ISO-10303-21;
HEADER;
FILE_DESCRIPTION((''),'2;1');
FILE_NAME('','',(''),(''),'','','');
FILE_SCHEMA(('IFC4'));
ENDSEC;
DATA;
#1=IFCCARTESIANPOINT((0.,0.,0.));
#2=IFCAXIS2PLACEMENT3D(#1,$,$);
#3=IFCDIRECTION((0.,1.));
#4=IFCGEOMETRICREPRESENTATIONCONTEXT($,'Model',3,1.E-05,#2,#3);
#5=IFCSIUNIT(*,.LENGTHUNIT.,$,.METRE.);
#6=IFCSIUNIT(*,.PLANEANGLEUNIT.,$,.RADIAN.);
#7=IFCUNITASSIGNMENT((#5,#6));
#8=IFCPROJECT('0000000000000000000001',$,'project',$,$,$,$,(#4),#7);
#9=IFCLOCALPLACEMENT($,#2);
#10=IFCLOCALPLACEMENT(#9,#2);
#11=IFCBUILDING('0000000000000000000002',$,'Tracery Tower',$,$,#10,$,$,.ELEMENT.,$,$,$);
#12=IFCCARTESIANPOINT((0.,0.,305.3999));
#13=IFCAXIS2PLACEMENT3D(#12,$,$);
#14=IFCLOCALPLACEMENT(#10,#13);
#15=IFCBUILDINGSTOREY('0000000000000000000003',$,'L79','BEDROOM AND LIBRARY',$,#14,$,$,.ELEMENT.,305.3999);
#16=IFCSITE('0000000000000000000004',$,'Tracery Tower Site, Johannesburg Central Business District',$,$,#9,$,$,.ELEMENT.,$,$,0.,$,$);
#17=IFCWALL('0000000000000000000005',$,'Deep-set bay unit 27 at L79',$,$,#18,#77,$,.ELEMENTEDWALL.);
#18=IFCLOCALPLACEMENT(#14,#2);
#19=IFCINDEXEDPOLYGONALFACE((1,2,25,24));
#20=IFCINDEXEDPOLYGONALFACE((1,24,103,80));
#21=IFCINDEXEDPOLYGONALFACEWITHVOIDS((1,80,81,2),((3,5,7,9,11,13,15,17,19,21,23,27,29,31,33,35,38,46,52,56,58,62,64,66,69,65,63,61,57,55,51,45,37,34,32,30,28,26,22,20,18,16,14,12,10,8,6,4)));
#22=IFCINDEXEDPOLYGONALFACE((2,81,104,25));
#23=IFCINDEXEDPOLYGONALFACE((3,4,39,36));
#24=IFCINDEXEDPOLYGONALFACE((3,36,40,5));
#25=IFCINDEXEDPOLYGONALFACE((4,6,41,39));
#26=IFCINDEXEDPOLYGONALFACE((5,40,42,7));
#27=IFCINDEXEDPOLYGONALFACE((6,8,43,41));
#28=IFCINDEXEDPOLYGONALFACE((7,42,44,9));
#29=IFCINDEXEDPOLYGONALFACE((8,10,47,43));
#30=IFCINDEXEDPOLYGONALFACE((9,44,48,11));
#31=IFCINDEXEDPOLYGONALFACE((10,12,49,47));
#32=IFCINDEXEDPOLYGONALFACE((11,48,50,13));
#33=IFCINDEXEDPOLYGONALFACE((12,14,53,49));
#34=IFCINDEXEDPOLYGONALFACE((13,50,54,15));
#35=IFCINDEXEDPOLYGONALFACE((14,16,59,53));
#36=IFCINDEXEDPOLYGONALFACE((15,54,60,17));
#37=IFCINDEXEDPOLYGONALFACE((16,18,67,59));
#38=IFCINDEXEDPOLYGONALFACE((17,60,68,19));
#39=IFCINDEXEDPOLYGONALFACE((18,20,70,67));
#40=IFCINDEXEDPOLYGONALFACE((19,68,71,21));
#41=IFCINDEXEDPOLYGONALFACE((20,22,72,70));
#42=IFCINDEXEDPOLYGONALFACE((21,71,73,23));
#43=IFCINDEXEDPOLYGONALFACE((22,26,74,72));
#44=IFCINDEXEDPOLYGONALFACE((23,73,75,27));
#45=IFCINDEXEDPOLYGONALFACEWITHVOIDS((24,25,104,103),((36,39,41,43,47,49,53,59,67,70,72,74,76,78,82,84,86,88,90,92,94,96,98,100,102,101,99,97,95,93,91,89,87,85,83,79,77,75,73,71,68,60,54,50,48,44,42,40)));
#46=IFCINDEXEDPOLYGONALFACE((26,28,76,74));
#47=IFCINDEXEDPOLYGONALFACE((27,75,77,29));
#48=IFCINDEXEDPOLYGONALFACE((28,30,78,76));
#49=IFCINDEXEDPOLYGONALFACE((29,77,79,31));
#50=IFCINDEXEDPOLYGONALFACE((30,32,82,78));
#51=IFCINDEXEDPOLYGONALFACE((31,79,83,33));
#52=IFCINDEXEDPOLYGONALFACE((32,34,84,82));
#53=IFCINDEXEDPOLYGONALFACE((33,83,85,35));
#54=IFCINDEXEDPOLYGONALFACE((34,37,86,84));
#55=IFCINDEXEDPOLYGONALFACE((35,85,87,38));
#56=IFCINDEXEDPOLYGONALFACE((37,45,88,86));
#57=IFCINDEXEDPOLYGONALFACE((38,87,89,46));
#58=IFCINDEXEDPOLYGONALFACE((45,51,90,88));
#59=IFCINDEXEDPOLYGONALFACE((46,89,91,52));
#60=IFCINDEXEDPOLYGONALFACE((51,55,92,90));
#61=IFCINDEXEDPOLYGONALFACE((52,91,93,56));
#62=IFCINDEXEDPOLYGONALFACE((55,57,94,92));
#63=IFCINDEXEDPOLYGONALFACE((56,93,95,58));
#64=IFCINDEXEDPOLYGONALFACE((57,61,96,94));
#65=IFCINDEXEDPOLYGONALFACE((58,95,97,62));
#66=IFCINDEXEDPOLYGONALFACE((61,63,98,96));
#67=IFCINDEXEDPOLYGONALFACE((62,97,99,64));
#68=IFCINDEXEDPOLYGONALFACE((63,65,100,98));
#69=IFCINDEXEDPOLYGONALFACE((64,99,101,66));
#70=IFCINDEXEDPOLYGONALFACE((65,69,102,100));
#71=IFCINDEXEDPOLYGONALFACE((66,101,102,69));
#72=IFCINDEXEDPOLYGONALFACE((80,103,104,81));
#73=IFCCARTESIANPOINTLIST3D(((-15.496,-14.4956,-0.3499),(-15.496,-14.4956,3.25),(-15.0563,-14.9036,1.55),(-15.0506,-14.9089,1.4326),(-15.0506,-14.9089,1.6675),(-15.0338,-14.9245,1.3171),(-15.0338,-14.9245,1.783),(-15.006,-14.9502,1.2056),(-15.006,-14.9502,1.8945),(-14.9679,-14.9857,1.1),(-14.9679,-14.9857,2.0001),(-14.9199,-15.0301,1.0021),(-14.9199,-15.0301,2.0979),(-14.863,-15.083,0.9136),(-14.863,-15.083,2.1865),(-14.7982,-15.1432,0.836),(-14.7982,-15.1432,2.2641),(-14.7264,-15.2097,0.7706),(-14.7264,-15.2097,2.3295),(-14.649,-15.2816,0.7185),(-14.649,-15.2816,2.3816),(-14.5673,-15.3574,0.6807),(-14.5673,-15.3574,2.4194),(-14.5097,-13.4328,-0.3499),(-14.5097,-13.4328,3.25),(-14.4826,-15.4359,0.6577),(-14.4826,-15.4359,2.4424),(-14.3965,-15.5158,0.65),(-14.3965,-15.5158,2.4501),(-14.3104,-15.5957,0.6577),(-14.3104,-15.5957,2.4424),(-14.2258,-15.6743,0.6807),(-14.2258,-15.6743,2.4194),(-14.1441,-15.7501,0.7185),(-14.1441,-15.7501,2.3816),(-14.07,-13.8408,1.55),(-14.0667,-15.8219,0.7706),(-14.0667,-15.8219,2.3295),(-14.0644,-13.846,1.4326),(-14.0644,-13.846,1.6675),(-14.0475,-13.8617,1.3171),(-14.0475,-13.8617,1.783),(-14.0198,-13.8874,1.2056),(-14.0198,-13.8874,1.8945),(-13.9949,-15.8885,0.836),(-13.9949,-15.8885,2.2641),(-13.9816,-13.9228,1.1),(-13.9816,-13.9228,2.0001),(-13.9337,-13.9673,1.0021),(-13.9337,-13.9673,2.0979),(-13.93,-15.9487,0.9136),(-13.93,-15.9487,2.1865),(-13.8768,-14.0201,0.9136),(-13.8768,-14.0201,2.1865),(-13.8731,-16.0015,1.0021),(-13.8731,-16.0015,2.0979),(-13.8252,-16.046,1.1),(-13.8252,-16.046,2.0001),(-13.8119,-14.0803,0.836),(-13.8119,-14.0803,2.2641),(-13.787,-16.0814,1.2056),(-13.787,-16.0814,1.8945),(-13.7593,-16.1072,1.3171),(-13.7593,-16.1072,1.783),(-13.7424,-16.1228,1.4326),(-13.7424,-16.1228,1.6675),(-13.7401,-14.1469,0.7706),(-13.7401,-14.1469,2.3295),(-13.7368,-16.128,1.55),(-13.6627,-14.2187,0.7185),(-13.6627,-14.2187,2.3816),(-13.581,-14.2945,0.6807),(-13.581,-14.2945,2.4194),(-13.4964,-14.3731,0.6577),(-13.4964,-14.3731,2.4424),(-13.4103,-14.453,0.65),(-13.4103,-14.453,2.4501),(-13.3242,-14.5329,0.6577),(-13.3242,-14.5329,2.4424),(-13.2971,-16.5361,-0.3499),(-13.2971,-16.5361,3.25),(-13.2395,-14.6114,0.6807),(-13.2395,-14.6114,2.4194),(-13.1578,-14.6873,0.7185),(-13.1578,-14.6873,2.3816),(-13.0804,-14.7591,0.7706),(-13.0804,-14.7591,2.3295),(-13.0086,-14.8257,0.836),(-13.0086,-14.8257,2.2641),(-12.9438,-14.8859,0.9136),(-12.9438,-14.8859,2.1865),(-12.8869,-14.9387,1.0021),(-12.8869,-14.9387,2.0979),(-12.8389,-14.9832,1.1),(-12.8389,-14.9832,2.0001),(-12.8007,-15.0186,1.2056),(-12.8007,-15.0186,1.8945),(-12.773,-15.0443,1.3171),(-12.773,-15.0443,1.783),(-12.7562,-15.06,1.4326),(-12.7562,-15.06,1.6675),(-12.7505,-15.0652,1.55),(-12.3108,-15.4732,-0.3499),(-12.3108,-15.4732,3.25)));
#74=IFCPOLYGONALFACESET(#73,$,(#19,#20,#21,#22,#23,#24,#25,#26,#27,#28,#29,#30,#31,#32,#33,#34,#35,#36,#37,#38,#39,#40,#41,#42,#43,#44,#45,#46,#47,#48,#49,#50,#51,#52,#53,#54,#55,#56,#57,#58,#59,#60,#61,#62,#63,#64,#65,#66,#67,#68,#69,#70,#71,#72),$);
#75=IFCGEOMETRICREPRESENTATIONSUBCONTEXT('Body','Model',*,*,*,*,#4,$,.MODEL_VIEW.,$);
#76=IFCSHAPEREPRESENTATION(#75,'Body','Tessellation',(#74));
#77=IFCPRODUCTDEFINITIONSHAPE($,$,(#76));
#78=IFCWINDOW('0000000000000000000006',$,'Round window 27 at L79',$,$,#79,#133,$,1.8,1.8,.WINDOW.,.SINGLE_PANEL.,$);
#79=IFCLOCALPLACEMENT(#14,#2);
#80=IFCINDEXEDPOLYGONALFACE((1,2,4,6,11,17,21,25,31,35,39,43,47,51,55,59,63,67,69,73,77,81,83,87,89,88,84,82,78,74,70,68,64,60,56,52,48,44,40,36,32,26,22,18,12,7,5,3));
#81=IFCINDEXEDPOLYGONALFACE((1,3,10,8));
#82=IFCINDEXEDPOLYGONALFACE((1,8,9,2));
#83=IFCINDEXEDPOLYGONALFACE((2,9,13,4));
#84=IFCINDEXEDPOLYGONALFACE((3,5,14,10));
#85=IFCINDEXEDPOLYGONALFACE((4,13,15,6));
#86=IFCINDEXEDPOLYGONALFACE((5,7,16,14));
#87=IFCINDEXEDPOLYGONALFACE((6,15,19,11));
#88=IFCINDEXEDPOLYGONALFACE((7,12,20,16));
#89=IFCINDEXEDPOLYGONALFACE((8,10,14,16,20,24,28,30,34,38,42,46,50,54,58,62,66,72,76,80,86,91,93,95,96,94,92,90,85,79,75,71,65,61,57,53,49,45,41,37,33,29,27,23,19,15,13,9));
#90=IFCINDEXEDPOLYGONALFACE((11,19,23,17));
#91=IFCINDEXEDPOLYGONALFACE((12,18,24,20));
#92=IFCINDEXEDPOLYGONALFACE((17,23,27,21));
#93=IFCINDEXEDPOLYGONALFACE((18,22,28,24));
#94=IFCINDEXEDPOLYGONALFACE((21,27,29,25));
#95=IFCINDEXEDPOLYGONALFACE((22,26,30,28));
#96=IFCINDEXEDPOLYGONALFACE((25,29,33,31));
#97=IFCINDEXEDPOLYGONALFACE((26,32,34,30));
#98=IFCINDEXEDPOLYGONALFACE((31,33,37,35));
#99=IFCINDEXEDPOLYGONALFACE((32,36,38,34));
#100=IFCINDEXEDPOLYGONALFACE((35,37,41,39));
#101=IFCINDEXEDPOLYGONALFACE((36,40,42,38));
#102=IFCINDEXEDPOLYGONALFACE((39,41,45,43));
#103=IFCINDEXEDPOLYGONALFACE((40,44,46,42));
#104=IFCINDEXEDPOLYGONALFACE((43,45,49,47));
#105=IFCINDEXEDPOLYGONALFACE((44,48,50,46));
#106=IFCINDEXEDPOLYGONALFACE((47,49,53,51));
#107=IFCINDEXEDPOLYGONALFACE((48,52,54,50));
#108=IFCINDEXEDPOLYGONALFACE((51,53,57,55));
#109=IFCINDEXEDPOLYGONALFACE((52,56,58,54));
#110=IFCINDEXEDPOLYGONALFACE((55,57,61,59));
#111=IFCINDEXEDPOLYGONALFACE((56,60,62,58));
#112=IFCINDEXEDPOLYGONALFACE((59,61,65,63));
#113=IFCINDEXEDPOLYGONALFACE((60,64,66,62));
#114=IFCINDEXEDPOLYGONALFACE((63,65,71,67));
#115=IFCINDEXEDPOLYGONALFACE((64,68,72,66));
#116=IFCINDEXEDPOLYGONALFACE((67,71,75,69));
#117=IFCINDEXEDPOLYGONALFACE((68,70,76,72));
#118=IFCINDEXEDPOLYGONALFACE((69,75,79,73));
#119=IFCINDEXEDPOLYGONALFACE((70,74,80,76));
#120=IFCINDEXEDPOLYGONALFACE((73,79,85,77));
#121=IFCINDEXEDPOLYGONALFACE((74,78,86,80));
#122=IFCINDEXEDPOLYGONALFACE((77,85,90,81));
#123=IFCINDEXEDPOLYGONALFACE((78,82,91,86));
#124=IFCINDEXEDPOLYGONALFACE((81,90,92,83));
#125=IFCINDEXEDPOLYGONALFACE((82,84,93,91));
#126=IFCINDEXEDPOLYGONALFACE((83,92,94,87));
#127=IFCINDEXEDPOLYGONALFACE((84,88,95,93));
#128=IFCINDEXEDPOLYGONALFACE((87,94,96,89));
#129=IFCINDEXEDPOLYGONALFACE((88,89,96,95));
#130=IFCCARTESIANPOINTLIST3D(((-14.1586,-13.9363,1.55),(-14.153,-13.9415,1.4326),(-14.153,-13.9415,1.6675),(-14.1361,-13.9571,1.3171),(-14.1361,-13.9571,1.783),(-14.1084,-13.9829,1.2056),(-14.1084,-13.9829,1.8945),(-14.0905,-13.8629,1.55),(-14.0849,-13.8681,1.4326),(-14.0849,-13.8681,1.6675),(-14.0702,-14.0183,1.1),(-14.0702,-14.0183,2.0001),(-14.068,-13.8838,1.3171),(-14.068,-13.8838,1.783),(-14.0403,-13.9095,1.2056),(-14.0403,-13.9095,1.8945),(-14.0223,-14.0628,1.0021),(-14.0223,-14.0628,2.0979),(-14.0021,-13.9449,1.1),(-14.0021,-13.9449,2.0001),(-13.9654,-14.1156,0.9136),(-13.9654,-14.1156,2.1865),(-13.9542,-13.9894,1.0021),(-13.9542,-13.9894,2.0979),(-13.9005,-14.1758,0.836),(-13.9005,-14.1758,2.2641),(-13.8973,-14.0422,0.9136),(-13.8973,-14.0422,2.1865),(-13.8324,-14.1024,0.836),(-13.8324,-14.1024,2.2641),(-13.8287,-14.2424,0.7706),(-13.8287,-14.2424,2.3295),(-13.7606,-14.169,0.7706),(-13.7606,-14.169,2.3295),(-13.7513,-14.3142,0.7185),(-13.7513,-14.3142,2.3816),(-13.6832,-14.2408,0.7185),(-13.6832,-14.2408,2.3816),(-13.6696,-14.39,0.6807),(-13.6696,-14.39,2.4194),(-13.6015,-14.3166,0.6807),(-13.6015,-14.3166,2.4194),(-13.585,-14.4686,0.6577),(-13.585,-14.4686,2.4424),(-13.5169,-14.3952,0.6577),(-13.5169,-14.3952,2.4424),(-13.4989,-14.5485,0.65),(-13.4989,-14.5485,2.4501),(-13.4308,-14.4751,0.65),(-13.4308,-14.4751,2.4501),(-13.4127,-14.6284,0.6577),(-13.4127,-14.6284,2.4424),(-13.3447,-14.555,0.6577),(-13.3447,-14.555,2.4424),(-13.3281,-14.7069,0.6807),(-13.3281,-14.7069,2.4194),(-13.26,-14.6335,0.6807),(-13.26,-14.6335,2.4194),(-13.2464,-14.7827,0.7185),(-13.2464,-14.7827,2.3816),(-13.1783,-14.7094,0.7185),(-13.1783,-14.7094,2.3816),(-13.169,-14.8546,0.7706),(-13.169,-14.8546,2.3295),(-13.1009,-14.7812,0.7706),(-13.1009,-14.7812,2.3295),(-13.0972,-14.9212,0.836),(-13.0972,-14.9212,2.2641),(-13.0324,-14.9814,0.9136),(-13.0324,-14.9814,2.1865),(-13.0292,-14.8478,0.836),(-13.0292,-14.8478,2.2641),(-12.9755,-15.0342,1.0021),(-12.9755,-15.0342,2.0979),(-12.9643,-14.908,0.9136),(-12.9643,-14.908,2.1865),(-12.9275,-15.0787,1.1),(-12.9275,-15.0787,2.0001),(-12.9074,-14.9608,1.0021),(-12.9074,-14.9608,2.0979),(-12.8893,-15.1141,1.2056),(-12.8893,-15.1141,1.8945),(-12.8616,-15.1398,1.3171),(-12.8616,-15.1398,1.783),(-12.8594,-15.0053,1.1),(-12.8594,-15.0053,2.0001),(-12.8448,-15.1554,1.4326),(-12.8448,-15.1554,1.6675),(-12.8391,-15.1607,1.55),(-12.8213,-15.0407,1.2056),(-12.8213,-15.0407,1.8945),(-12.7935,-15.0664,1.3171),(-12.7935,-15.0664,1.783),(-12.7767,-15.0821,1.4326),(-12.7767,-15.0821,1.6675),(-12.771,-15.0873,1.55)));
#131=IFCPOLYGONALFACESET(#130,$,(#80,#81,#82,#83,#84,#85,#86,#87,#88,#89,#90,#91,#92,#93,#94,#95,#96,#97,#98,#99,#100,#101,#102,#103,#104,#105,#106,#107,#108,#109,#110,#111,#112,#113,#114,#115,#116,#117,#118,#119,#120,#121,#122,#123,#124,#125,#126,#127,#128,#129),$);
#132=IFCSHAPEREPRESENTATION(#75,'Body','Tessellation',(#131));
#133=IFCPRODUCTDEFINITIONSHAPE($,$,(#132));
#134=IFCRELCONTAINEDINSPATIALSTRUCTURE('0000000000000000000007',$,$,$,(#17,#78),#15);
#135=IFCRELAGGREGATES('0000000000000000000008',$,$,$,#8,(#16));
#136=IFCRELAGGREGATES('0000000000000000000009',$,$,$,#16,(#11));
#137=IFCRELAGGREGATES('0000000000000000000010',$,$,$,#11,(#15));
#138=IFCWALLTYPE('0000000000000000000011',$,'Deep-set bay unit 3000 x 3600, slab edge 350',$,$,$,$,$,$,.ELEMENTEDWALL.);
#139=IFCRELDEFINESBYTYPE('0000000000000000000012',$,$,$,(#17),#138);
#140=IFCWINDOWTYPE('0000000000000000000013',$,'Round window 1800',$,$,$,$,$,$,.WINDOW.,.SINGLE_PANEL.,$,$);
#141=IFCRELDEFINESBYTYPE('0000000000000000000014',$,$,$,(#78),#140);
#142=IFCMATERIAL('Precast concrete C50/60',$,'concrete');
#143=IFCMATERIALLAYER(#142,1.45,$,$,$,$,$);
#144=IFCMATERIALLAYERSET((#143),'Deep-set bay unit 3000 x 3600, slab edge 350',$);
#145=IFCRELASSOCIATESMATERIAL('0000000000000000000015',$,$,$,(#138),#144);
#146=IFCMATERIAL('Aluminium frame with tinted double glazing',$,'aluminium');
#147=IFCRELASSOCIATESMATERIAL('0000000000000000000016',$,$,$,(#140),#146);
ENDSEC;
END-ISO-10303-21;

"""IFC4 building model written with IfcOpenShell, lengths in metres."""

from ifc_helpers import new_model, si_unit, direction, frame, frame_2d, origin, origin_2d, place, context, subcontext, project, spatial, rectangle, circle, extrude, material, layer, layer_set, type_object, element, fill, save


model = new_model("IFC4")

# Units and contexts
model_context = context("Model", 3, precision=1e-05, world=origin(), true_north=direction((0.0, 1.0)))
body_context = subcontext(model_context, "Body", "Model", "MODEL_VIEW")
ifc_project = project(units=[si_unit("LENGTHUNIT", "METRE"), si_unit("PLANEANGLEUNIT", "RADIAN")], contexts=[model_context])

# Site, building, storey
site_placement = place(None, origin())
site = spatial("IfcSite", under=ifc_project, at=site_placement, Name="Tracery Tower Site, Johannesburg Central Business District", CompositionType="ELEMENT", RefElevation=0.0)
building_placement = place(site_placement, origin())
building = spatial("IfcBuilding", under=site, at=building_placement, Name="Tracery Tower", CompositionType="ELEMENT")
storey_placement = place(building_placement, frame((0.0, 0.0, 305.3999)))
storey = spatial("IfcBuildingStorey", under=building, at=storey_placement, Name="L79", Description="BEDROOM AND LIBRARY", CompositionType="ELEMENT", Elevation=305.3999)

# Wall, opening, window
ifc_material_1 = material(Name="Precast concrete C50/60", Category="concrete")
ifc_layer_1 = layer(ifc_material_1, 1.45)
ifc_layer_set_1 = layer_set([ifc_layer_1], Name="Deep-set bay unit 3000 x 3600, slab edge 350")
wall_type_1 = type_object("IfcWallType", Name="Deep-set bay unit 3000 x 3600, slab edge 350", PredefinedType="ELEMENTEDWALL", material=ifc_layer_set_1)
wall_1_placement = place(storey_placement, frame((-15.0029, -13.9641, -0.3499), z_axis=(0.0, 0.0, 1.0), x_axis=(0.733022, -0.680204, 0.0)))
wall_1 = element("IfcWall", 1, at=wall_1_placement, inside=storey, type_object=wall_type_1, Name="Deep-set bay unit 27 at L79", PredefinedType="ELEMENTEDWALL", context=body_context, shape_type="SweptSolid", body=[
    extrude(rectangle(XDim=2.9998, YDim=1.45, at=frame_2d((1.5, 0.0))), origin(), (0.0, 0.0, 1.0), 3.5999),
])
opening_1_placement = place(wall_1_placement, frame((1.5, 0.0, 1.8999)))
opening_1 = element("IfcOpeningElement", 2, at=opening_1_placement, cuts=wall_1, PredefinedType="OPENING", context=body_context, shape_type="SweptSolid", body=[
    extrude(circle(Radius=0.9, at=origin_2d()), frame((0.0, 0.7349, 0.0), z_axis=(0.0, -1.0, 0.0), x_axis=(1.0, 0.0, 0.0)), (0.0, 0.0, 1.0), 1.47),
])
ifc_material_2 = material(Name="Aluminium frame with tinted double glazing", Category="aluminium")
window_type = type_object("IfcWindowType", Name="Round window 1800", PartitioningType="SINGLE_PANEL", PredefinedType="WINDOW", material=ifc_material_2)
window_1_placement = place(opening_1_placement, origin())
window_1 = element("IfcWindow", 3, at=window_1_placement, inside=storey, type_object=window_type, Name="Round window 27 at L79", OverallHeight=1.8, OverallWidth=1.8, PartitioningType="SINGLE_PANEL", PredefinedType="WINDOW", context=body_context, shape_type="SweptSolid", body=[
    extrude(circle(Radius=0.9, at=origin_2d()), frame((0.0, 0.6948, 0.0), z_axis=(0.0, -1.0, 0.0), x_axis=(1.0, 0.0, 0.0)), (0.0, 0.0, 1.0), 0.1001),
])
fill(opening_1, window_1)

save(model, "model.ifc")
